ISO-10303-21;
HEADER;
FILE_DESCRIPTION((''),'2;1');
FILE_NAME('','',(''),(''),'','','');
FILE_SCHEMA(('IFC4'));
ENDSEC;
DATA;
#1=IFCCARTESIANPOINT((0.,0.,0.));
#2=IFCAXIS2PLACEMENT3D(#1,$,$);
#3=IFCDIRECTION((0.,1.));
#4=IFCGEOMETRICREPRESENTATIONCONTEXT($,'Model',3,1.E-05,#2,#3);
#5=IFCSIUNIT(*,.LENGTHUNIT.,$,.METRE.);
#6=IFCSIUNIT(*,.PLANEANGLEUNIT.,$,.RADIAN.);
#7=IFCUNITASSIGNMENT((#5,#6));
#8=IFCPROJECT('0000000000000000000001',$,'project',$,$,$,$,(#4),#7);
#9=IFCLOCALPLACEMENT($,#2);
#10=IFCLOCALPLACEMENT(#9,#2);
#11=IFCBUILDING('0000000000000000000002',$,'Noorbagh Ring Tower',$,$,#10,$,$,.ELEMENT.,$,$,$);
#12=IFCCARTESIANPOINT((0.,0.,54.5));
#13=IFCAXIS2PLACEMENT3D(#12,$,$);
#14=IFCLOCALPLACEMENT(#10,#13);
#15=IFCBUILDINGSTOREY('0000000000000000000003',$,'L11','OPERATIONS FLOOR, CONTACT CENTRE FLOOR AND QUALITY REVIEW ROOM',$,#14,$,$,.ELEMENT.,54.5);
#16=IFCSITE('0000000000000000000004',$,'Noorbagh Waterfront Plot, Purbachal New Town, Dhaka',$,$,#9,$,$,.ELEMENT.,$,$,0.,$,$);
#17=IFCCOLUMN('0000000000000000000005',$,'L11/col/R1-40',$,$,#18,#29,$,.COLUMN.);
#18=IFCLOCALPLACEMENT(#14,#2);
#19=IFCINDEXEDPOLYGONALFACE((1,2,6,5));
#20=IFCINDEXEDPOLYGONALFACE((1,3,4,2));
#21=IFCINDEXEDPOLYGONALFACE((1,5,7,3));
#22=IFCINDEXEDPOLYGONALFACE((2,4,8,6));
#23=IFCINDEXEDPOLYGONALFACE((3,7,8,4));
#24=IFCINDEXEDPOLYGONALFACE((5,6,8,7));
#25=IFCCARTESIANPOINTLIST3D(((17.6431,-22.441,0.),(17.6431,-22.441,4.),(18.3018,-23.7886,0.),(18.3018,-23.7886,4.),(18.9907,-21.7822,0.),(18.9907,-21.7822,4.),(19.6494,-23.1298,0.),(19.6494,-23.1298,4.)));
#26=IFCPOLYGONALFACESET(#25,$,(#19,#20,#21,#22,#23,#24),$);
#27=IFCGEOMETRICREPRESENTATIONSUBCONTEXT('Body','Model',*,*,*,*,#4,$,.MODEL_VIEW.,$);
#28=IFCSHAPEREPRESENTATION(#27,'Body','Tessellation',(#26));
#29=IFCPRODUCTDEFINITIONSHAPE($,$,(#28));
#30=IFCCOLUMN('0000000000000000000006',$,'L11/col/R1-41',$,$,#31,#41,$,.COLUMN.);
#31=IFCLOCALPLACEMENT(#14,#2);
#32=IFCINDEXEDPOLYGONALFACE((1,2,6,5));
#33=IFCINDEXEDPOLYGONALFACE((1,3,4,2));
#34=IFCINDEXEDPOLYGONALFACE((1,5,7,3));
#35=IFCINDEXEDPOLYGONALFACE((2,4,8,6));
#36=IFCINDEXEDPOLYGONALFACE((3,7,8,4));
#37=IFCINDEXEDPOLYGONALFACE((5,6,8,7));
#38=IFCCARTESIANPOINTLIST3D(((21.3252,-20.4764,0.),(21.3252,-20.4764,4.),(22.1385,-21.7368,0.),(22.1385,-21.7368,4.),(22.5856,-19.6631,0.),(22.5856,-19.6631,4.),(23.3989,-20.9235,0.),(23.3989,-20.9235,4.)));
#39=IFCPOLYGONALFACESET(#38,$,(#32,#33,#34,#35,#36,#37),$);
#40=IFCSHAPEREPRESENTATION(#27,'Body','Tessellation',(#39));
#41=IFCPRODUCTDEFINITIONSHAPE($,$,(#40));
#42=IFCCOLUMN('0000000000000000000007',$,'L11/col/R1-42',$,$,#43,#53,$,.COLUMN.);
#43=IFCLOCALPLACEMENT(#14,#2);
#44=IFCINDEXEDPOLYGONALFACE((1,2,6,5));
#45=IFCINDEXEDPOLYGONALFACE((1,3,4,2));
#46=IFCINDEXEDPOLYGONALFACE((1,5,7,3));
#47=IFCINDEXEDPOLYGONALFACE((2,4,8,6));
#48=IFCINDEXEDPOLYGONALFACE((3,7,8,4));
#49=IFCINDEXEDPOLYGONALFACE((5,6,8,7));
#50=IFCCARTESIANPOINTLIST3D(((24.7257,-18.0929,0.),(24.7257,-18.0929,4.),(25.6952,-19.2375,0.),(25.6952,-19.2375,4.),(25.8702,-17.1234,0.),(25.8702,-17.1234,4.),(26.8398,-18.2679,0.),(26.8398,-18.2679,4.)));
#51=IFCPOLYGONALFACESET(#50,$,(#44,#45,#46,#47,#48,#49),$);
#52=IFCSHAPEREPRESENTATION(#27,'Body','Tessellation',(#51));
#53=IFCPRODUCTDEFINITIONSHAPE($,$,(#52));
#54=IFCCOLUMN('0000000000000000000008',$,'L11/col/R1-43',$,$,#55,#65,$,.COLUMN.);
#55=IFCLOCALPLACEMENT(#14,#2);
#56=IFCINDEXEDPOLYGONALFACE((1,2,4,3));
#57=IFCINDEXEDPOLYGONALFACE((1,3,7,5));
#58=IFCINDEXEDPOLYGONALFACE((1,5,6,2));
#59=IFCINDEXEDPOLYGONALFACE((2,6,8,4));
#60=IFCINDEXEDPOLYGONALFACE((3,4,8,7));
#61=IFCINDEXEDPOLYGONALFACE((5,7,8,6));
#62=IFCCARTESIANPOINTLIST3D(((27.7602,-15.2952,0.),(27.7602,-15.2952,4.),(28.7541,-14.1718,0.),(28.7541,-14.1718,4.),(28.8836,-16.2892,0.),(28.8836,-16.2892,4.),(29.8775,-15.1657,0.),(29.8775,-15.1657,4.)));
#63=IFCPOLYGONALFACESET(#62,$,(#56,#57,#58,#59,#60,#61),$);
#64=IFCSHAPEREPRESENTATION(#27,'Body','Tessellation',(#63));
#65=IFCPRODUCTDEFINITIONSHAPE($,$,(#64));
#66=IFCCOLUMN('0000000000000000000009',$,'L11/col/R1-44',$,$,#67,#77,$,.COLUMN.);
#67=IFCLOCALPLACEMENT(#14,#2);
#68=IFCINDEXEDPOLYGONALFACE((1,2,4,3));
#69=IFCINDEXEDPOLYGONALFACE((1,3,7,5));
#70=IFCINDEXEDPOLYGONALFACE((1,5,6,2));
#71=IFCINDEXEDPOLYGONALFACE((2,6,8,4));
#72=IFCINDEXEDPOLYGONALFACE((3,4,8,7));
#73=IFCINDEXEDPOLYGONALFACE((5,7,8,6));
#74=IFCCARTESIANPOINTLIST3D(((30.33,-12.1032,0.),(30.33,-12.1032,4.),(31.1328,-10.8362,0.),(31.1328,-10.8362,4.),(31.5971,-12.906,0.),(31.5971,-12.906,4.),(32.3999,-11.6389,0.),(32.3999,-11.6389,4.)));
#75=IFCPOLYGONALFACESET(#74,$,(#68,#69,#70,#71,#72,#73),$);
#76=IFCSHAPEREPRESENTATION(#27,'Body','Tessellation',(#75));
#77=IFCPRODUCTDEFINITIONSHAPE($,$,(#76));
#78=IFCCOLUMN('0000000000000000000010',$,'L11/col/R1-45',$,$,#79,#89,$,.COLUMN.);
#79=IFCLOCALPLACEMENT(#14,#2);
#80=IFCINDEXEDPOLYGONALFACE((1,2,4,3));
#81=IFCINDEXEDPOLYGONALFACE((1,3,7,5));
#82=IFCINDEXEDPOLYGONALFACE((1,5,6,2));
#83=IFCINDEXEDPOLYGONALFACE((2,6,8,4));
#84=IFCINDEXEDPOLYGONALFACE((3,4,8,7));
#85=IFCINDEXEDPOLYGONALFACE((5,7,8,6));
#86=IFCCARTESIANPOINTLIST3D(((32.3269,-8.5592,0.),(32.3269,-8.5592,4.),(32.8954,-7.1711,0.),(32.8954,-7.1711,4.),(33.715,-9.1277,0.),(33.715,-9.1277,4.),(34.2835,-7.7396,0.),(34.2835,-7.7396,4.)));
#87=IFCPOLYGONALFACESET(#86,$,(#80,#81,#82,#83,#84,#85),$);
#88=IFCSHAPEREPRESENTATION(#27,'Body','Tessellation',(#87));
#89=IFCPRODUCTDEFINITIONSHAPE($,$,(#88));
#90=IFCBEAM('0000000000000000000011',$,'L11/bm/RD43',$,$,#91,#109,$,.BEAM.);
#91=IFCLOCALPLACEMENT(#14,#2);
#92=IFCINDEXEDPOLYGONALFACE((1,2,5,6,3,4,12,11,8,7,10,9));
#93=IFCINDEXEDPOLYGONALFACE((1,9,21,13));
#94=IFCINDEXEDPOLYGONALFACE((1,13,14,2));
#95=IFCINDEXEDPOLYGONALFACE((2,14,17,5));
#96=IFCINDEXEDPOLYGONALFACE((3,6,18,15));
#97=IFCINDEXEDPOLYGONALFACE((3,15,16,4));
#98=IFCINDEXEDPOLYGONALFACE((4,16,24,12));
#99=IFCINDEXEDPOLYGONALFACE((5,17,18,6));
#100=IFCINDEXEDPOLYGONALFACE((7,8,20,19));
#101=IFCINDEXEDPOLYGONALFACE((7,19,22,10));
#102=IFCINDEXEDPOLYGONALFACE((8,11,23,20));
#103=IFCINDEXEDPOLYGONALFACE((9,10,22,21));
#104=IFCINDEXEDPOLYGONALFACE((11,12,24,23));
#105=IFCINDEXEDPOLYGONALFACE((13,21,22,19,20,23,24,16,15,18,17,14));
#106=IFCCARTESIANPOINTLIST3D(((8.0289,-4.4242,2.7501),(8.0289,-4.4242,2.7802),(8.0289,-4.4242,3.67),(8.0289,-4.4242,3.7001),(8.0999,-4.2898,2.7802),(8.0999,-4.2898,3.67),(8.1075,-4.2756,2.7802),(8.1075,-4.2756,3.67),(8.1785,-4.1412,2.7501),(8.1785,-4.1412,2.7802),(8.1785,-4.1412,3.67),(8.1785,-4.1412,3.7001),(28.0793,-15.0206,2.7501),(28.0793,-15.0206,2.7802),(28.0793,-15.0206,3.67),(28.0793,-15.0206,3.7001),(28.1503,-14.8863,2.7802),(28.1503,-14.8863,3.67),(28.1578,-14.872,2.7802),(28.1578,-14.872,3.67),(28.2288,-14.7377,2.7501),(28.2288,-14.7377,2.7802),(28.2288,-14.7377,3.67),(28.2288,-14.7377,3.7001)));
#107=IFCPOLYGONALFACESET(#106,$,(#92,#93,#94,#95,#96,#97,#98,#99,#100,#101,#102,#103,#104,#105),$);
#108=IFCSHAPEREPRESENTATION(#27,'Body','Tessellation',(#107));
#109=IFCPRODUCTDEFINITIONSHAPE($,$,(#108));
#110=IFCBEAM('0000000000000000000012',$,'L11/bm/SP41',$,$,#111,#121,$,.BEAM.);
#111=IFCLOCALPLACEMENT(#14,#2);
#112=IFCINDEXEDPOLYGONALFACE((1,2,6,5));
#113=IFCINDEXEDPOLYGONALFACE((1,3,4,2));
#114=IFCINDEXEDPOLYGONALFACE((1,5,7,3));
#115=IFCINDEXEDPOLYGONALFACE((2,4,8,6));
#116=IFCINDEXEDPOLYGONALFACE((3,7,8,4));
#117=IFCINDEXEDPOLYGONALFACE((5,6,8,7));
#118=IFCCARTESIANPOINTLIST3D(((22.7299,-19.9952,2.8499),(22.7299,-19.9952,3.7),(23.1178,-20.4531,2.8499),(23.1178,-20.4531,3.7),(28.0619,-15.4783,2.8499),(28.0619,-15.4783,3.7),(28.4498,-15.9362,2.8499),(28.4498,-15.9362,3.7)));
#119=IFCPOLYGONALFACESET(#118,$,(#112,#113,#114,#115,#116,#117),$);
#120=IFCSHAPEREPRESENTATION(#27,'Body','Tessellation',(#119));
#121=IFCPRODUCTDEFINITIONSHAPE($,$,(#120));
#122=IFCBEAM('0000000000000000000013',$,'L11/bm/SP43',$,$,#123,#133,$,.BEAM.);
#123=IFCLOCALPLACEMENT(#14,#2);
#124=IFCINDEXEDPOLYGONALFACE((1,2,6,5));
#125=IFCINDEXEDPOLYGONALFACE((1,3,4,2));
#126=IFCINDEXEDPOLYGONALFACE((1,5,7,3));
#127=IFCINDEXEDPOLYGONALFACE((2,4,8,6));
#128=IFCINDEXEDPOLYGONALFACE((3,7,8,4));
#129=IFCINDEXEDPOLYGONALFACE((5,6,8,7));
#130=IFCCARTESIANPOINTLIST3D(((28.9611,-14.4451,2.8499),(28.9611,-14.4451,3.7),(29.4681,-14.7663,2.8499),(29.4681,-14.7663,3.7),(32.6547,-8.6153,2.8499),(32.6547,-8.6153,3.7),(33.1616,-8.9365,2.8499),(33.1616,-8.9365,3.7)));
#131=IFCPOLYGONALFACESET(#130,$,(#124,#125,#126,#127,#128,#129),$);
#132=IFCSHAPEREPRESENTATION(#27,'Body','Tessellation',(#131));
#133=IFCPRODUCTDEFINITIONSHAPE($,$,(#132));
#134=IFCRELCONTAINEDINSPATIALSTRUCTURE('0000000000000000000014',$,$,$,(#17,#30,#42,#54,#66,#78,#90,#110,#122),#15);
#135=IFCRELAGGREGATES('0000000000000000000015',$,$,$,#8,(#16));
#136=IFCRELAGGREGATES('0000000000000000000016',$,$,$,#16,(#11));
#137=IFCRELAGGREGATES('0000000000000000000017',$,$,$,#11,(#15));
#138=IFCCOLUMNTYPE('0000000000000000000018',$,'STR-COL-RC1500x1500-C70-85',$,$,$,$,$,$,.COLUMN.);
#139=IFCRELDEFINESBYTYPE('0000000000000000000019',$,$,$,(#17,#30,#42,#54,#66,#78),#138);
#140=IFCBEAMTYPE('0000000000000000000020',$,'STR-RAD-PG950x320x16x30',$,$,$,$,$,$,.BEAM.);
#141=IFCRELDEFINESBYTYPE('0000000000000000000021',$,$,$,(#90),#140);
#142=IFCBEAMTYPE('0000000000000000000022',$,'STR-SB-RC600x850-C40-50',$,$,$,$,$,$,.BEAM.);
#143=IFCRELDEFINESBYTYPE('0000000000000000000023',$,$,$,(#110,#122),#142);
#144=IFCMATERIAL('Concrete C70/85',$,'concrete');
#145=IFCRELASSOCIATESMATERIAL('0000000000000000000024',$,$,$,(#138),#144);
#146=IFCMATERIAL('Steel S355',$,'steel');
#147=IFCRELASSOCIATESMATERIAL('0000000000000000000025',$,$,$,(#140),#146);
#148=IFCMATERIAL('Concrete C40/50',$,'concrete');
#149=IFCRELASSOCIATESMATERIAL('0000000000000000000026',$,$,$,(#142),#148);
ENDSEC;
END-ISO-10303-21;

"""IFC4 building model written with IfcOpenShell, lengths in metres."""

from ifc_helpers import new_model, si_unit, direction, frame, origin, origin_2d, place, context, subcontext, project, spatial, rectangle, i_section, extrude, material, material_profile, profile_set, type_object, element, save


model = new_model("IFC4")

# Units and contexts
model_context = context("Model", 3, precision=1e-05, world=origin(), true_north=direction((0.0, 1.0)))
body_context = subcontext(model_context, "Body", "Model", "MODEL_VIEW")
ifc_project = project(units=[si_unit("LENGTHUNIT", "METRE"), si_unit("PLANEANGLEUNIT", "RADIAN")], contexts=[model_context])

# Site, building, storey
site_placement = place(None, origin())
site = spatial("IfcSite", under=ifc_project, at=site_placement, Name="Noorbagh Waterfront Plot, Purbachal New Town, Dhaka", CompositionType="ELEMENT", RefElevation=0.0)
building_placement = place(site_placement, origin())
building = spatial("IfcBuilding", under=site, at=building_placement, Name="Noorbagh Ring Tower", CompositionType="ELEMENT")
storey_placement = place(building_placement, frame((0.0, 0.0, 54.5)))
storey = spatial("IfcBuildingStorey", under=building, at=storey_placement, Name="L11", Description="OPERATIONS FLOOR, CONTACT CENTRE FLOOR AND QUALITY REVIEW ROOM", CompositionType="ELEMENT", Elevation=54.5)

# Columns
ifc_material_1 = material(Name="Concrete C70/85", Category="concrete")
ifc_material_profile_1 = material_profile(ifc_material_1, rectangle(XDim=1.5, YDim=1.5, at=origin_2d()), Name="RC1500x1500")
ifc_profile_set_1 = profile_set([ifc_material_profile_1], Name="Concrete C70/85")
column_type = type_object("IfcColumnType", Name="STR-COL-RC1500x1500-C70-85", PredefinedType="COLUMN", material=ifc_profile_set_1)
for number, where, z_axis, x_axis, name in (
    (1, (18.6462, -22.7854, 0.0), (0.0, 0.0, 1.0), (0.898399, 0.43918, 0.0), "L11/col/R1-40"),
    (2, (22.3621, -20.7, 0.0), (0.0, 0.0, 1.0), (0.840248, 0.542203, 0.0), "L11/col/R1-41"),
    (3, (25.7827, -18.1804, 0.0), (0.0, 0.0, 1.0), (0.763035, 0.646357, 0.0), "L11/col/R1-42"),
    (4, (28.8188, -15.2305, 0.0), (0.0, 0.0, 1.0), (0.662636, 0.748942, 0.0), "L11/col/R1-43"),
    (5, (31.365, -11.8711, 0.0), (0.0, 0.0, 1.0), (0.53519, 0.844731, 0.0), "L11/col/R1-44"),
    (6, (33.3052, -8.1494, 0.0), (0.0, 0.0, 1.0), (0.378989, 0.925401, 0.0), "L11/col/R1-45"),
):
    element("IfcColumn", number, at=place(storey_placement, frame(where, z_axis=z_axis, x_axis=x_axis)), inside=storey, type_object=column_type, Name=name, PredefinedType="COLUMN", context=body_context, shape_type="SweptSolid", body=[
        extrude(rectangle(XDim=1.5, YDim=1.5, at=origin_2d()), origin(), (0.0, 0.0, 1.0), 4.0),
    ])

# Beams
ifc_material_2 = material(Name="Steel S355", Category="steel")
ifc_material_profile_2 = material_profile(ifc_material_2, i_section(OverallWidth=0.3201, OverallDepth=0.95, WebThickness=0.0161, FlangeThickness=0.03, at=origin_2d()), Name="PG950x320x16x30")
ifc_profile_set_2 = profile_set([ifc_material_profile_2], Name="Steel S355")
beam_type_1 = type_object("IfcBeamType", Name="STR-RAD-PG950x320x16x30", PredefinedType="BEAM", material=ifc_profile_set_2)
beam_1_placement = place(storey_placement, frame((28.1541, -14.8792, 3.2251), z_axis=(-0.884124, 0.467253, 0.0), x_axis=(-0.467253, -0.884124, 0.0)))
element("IfcBeam", 7, at=beam_1_placement, inside=storey, type_object=beam_type_1, Name="L11/bm/RD43", PredefinedType="BEAM", context=body_context, shape_type="SweptSolid", body=[
    extrude(i_section(OverallWidth=0.3201, OverallDepth=0.95, WebThickness=0.0161, FlangeThickness=0.03, at=origin_2d()), origin(), (0.0, 0.0, 1.0), 22.6782),
])
ifc_material_3 = material(Name="Concrete C40/50", Category="concrete")
ifc_material_profile_3 = material_profile(ifc_material_3, rectangle(XDim=0.6001, YDim=0.8501, at=origin_2d()), Name="RC600x850")
ifc_profile_set_3 = profile_set([ifc_material_profile_3], Name="Concrete C40/50")
beam_type_2 = type_object("IfcBeamType", Name="STR-SB-RC600x850-C40-50", PredefinedType="BEAM", material=ifc_profile_set_3)
beam_2_placement = place(storey_placement, frame((22.9238, -20.2241, 3.2749), z_axis=(0.763024, 0.64637, 0.0), x_axis=(-0.64637, 0.763024, 0.0)))
element("IfcBeam", 8, at=beam_2_placement, inside=storey, type_object=beam_type_2, Name="L11/bm/SP41", PredefinedType="BEAM", context=body_context, shape_type="SweptSolid", body=[
    extrude(rectangle(XDim=0.6001, YDim=0.8501, at=origin_2d()), origin(), (0.0, 0.0, 1.0), 6.988),
])
beam_3_placement = place(storey_placement, frame((29.2146, -14.6057, 3.2749), z_axis=(0.535194, 0.844729, 0.0), x_axis=(-0.844729, 0.535194, 0.0)))
element("IfcBeam", 9, at=beam_3_placement, inside=storey, type_object=beam_type_2, Name="L11/bm/SP43", PredefinedType="BEAM", context=body_context, shape_type="SweptSolid", body=[
    extrude(rectangle(XDim=0.6001, YDim=0.8501, at=origin_2d()), origin(), (0.0, 0.0, 1.0), 6.9014),
])

save(model, "model.ifc")
